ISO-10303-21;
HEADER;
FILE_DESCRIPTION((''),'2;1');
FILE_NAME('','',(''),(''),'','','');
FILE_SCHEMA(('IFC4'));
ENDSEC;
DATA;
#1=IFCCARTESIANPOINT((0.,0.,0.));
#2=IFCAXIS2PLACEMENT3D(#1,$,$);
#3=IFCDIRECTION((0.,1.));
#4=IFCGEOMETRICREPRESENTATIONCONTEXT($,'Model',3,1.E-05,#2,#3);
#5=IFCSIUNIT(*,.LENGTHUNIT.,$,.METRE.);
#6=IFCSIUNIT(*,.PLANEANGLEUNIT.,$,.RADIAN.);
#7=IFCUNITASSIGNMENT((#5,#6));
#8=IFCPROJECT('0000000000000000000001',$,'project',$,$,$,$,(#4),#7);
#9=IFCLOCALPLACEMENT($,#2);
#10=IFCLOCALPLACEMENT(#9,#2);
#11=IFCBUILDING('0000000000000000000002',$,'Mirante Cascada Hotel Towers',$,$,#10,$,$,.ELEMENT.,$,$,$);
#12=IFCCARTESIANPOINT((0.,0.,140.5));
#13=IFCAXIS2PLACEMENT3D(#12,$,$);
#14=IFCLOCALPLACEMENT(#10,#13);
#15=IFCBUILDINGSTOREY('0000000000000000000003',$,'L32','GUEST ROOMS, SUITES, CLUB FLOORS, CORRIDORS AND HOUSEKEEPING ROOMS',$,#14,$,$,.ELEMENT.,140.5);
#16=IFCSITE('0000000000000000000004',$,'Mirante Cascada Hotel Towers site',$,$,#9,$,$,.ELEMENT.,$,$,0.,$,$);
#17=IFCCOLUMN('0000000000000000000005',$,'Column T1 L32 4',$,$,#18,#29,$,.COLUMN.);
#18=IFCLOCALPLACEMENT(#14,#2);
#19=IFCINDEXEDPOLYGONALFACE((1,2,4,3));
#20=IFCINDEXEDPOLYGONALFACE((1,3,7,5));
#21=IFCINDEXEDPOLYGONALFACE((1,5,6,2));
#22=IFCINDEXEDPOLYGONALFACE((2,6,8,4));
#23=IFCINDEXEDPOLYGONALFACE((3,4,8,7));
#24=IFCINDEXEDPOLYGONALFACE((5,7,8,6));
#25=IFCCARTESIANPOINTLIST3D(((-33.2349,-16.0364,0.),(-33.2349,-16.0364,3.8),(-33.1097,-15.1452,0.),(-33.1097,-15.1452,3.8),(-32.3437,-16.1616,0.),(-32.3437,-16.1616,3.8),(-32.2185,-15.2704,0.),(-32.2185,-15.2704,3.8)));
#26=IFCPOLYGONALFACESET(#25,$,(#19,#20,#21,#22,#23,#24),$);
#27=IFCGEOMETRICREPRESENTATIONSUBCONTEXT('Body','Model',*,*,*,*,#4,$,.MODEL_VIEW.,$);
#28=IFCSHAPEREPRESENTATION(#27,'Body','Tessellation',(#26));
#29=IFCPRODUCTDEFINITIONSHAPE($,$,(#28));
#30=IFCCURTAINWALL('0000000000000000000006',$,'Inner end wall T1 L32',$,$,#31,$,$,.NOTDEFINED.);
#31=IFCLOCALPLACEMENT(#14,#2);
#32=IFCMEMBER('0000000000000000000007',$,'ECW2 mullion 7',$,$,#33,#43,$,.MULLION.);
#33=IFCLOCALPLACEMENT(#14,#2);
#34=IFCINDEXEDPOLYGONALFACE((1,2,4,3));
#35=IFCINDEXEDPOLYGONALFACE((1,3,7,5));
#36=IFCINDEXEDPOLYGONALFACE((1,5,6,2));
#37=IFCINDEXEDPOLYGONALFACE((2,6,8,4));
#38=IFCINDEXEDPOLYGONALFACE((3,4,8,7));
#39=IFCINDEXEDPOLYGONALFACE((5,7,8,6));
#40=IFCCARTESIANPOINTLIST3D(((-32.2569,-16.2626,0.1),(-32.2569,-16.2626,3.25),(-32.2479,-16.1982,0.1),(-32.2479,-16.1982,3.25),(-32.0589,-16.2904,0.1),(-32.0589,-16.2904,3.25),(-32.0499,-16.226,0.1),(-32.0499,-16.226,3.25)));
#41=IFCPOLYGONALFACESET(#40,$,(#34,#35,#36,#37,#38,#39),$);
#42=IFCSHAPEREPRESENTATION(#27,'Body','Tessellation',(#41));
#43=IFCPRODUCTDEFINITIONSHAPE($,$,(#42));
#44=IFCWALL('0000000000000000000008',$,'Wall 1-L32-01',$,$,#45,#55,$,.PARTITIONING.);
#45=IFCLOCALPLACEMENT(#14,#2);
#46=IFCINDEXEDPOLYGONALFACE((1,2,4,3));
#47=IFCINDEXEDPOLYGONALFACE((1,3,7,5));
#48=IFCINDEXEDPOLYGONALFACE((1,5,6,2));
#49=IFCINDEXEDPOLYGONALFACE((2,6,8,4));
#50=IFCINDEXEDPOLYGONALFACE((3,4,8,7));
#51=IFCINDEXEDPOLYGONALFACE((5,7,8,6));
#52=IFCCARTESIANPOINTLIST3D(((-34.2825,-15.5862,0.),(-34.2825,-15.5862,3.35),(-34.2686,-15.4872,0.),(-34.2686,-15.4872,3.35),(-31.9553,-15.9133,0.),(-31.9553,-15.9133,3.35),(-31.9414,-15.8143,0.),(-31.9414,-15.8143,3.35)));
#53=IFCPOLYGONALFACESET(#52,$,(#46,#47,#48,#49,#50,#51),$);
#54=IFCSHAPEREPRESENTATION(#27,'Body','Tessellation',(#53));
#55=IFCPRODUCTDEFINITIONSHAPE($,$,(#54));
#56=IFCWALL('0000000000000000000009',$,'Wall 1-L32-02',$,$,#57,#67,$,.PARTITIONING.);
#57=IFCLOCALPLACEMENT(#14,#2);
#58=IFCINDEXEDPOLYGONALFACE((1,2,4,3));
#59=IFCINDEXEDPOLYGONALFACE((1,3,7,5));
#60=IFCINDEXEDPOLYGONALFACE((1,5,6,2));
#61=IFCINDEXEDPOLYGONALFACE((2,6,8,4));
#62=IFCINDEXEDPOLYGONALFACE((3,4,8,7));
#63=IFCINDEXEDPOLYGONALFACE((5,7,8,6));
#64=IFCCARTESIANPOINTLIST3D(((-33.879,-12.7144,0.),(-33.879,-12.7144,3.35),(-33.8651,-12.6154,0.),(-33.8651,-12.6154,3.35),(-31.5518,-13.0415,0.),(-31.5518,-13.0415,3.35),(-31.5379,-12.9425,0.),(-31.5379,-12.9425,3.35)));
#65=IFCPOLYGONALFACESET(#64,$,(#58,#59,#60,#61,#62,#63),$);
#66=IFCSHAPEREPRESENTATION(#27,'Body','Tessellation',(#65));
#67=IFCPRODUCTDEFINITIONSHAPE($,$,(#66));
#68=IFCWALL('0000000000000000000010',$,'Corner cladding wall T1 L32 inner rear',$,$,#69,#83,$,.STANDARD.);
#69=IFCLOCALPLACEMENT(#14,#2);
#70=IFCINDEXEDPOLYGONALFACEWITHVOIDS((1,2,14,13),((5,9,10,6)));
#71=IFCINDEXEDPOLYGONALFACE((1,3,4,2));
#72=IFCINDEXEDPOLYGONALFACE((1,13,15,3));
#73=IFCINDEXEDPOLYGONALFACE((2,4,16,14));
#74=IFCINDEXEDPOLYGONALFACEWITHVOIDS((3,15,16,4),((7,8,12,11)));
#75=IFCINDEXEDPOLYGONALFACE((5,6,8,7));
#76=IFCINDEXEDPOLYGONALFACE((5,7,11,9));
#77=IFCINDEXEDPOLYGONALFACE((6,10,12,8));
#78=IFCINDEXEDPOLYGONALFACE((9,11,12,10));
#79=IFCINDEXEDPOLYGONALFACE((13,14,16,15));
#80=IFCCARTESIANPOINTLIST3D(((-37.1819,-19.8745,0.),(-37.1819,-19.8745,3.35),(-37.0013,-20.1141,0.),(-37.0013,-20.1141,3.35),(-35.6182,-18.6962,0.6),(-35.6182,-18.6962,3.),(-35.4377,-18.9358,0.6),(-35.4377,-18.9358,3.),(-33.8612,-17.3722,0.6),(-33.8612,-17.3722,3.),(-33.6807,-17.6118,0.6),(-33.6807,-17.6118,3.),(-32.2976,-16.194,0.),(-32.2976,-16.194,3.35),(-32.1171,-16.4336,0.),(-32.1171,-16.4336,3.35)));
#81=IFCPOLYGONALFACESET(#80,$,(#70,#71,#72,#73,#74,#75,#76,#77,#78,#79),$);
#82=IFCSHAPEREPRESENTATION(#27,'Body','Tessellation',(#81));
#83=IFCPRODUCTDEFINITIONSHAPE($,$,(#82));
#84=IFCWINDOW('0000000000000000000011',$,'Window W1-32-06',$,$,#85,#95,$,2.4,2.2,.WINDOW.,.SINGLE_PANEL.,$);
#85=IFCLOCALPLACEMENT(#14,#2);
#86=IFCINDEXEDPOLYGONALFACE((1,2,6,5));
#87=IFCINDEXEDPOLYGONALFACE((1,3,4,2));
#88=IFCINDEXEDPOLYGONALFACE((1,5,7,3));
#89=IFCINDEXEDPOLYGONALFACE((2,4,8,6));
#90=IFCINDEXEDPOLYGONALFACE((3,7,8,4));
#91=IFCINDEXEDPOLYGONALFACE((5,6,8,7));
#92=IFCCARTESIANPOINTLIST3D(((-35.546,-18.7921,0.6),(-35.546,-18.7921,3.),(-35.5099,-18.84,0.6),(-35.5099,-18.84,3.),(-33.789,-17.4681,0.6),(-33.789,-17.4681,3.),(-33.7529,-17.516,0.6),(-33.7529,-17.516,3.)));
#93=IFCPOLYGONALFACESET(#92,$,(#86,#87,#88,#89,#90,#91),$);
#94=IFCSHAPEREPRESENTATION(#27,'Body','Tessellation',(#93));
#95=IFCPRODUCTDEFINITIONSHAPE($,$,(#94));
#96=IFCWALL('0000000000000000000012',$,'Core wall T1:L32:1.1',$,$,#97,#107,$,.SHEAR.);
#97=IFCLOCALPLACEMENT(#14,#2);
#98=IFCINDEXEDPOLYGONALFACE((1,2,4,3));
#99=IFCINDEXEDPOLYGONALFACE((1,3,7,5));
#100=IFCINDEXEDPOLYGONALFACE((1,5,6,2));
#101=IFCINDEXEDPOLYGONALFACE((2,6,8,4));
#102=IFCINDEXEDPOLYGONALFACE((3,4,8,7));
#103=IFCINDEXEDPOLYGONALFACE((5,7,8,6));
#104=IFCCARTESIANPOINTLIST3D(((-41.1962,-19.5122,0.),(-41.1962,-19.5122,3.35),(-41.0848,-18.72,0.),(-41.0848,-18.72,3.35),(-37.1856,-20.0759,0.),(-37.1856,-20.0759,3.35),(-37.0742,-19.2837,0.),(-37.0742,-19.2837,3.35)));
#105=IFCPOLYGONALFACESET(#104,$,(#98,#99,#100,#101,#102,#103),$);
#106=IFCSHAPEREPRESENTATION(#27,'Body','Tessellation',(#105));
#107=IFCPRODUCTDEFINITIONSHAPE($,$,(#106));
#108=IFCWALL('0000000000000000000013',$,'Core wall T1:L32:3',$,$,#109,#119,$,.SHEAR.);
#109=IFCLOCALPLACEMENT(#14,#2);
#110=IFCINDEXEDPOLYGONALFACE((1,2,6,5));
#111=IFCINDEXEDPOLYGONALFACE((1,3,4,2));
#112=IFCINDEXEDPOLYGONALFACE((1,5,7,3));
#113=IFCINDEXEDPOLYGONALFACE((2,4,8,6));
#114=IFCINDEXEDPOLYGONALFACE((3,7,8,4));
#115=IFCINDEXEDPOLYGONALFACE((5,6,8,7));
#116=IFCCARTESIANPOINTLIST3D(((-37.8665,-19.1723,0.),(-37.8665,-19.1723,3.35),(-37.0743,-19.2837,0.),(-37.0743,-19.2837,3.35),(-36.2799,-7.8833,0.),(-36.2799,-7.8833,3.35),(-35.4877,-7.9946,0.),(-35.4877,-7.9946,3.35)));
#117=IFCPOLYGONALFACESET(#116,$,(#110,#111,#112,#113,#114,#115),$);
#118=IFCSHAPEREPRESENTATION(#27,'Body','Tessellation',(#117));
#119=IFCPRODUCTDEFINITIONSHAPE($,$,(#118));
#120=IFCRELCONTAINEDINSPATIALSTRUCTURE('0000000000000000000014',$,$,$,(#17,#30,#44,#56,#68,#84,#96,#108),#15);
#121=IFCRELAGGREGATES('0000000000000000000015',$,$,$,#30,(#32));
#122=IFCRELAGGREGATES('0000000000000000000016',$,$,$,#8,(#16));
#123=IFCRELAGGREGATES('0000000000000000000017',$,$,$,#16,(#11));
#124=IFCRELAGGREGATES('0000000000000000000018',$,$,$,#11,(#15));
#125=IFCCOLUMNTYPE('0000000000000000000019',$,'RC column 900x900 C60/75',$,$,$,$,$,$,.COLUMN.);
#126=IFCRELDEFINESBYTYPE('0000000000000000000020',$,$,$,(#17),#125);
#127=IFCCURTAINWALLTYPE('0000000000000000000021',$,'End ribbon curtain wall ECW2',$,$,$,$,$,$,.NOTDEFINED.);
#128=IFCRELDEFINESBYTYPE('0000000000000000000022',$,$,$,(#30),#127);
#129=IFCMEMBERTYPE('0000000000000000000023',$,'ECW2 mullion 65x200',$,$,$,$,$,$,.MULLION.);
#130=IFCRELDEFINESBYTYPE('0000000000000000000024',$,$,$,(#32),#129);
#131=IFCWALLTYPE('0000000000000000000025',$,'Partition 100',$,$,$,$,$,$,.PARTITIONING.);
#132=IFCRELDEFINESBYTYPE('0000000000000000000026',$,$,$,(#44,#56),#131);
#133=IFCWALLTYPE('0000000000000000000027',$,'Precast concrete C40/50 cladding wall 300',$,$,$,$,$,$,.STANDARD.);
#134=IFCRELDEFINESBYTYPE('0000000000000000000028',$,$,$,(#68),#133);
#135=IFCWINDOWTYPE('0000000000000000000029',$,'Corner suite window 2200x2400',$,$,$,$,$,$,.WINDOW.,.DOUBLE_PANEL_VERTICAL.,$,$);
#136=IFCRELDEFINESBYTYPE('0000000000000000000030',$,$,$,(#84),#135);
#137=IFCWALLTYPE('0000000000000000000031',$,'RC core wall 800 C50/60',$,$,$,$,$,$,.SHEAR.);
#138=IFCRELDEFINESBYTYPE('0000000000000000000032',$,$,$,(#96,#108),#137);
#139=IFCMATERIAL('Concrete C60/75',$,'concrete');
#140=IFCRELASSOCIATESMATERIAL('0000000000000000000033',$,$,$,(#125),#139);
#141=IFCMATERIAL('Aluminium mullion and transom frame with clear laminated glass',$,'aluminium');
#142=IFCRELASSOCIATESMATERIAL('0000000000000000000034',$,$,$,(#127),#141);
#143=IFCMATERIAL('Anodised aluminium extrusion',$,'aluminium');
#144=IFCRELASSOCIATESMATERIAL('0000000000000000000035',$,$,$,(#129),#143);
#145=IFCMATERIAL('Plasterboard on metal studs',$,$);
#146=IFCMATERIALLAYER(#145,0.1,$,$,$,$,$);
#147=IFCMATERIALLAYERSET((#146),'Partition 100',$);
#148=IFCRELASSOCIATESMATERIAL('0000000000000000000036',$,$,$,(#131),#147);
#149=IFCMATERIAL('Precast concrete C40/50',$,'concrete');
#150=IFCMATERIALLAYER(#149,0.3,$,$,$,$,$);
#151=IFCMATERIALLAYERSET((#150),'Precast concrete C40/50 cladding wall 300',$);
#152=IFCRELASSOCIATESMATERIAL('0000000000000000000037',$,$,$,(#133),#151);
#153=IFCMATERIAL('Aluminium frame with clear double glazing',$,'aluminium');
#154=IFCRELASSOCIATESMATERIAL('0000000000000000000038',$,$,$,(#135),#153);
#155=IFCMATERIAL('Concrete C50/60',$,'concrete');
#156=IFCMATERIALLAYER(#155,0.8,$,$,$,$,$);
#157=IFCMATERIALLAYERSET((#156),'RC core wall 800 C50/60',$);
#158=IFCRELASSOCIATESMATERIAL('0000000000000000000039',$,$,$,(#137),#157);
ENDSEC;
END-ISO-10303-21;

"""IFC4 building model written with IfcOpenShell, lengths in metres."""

from ifc_helpers import new_model, si_unit, direction, frame, frame_2d, origin, origin_2d, place, context, subcontext, project, spatial, rectangle, extrude, material, layer, layer_set, material_profile, profile_set, type_object, element, fill, aggregate, save


model = new_model("IFC4")

# Units and contexts
model_context = context("Model", 3, precision=1e-05, world=origin(), true_north=direction((0.0, 1.0)))
body_context = subcontext(model_context, "Body", "Model", "MODEL_VIEW")
ifc_project = project(units=[si_unit("LENGTHUNIT", "METRE"), si_unit("PLANEANGLEUNIT", "RADIAN")], contexts=[model_context])

# Site, building, storey
site_placement = place(None, origin())
site = spatial("IfcSite", under=ifc_project, at=site_placement, Name="Mirante Cascada Hotel Towers site", CompositionType="ELEMENT", RefElevation=0.0)
building_placement = place(site_placement, origin())
building = spatial("IfcBuilding", under=site, at=building_placement, Name="Mirante Cascada Hotel Towers", CompositionType="ELEMENT")
storey_placement = place(building_placement, frame((0.0, 0.0, 140.5)))
storey = spatial("IfcBuildingStorey", under=building, at=storey_placement, Name="L32", Description="GUEST ROOMS, SUITES, CLUB FLOORS, CORRIDORS AND HOUSEKEEPING ROOMS", CompositionType="ELEMENT", Elevation=140.5)

# Column
ifc_material_1 = material(Name="Concrete C60/75", Category="concrete")
ifc_material_profile_1 = material_profile(ifc_material_1, rectangle(XDim=0.9, YDim=0.9, at=origin_2d()), Name="RC column 900x900 C60/75")
ifc_profile_set_1 = profile_set([ifc_material_profile_1], Name="Concrete C60/75")
column_type = type_object("IfcColumnType", Name="RC column 900x900 C60/75", PredefinedType="COLUMN", material=ifc_profile_set_1)
column_placement = place(storey_placement, frame((-32.7267, -15.6534, 0.0), z_axis=(0.0, 0.0, 1.0), x_axis=(-0.990268, 0.139173, 0.0)))
element("IfcColumn", 1, at=column_placement, inside=storey, type_object=column_type, Name="Column T1 L32 4", PredefinedType="COLUMN", context=body_context, shape_type="SweptSolid", body=[
    extrude(rectangle(XDim=0.9, YDim=0.9, at=origin_2d()), origin(), (0.0, 0.0, 1.0), 3.8),
])

# Curtain wall, member
ifc_material_2 = material(Name="Aluminium mullion and transom frame with clear laminated glass", Category="aluminium")
curtain_wall_type = type_object("IfcCurtainWallType", Name="End ribbon curtain wall ECW2", PredefinedType="NOTDEFINED", material=ifc_material_2)
curtain_wall_placement = place(storey_placement, origin())
curtain_wall = element("IfcCurtainWall", 2, at=curtain_wall_placement, inside=storey, type_object=curtain_wall_type, Name="Inner end wall T1 L32", PredefinedType="NOTDEFINED")
ifc_material_3 = material(Name="Anodised aluminium extrusion", Category="aluminium")
ifc_material_profile_2 = material_profile(ifc_material_3, rectangle(XDim=0.2, YDim=0.065, at=origin_2d()), Name="ECW2 MULLION 65x200")
ifc_profile_set_2 = profile_set([ifc_material_profile_2], Name="Anodised aluminium extrusion")
member_type = type_object("IfcMemberType", Name="ECW2 mullion 65x200", PredefinedType="MULLION", material=ifc_profile_set_2)
member_placement = place(storey_placement, frame((-32.1534, -16.2443, 0.1), z_axis=(0.0, 0.0, 1.0), x_axis=(0.990268, -0.139173, 0.0)))
member = element("IfcMember", 3, at=member_placement, type_object=member_type, Name="ECW2 mullion 7", PredefinedType="MULLION", context=body_context, shape_type="SweptSolid", body=[
    extrude(rectangle(XDim=0.2, YDim=0.065, at=origin_2d()), origin(), (0.0, 0.0, 1.0), 3.15),
])
aggregate(curtain_wall, [member])

# Walls
ifc_material_4 = material(Name="Plasterboard on metal studs")
ifc_layer_1 = layer(ifc_material_4, 0.1)
ifc_layer_set_1 = layer_set([ifc_layer_1], Name="Partition 100")
wall_type_1 = type_object("IfcWallType", Name="Partition 100", PredefinedType="PARTITIONING", material=ifc_layer_set_1)
for number, where, z_axis, x_axis, name in (
    (4, (-31.9484, -15.8638, 0.0), (0.0, 0.0, 1.0), (-0.990266, 0.139187, 0.0), "Wall 1-L32-01"),
    (5, (-33.872, -12.6649, 0.0), (0.0, 0.0, 1.0), (0.990266, -0.139187, 0.0), "Wall 1-L32-02"),
):
    element("IfcWall", number, at=place(storey_placement, frame(where, z_axis=z_axis, x_axis=x_axis)), inside=storey, type_object=wall_type_1, Name=name, PredefinedType="PARTITIONING", context=body_context, shape_type="SweptSolid", body=[
        extrude(rectangle(XDim=2.3501, YDim=0.1, at=frame_2d((1.175, 0.0))), origin(), (0.0, 0.0, 1.0), 3.35),
    ])

# Wall, opening, window
ifc_material_5 = material(Name="Precast concrete C40/50", Category="concrete")
ifc_layer_2 = layer(ifc_material_5, 0.3)
ifc_layer_set_2 = layer_set([ifc_layer_2], Name="Precast concrete C40/50 cladding wall 300")
wall_type_2 = type_object("IfcWallType", Name="Precast concrete C40/50 cladding wall 300", PredefinedType="STANDARD", material=ifc_layer_set_2)
wall_1_placement = place(storey_placement, frame((-32.2074, -16.3138, 0.0), z_axis=(0.0, 0.0, 1.0), x_axis=(-0.798636, -0.601814, 0.0)))
wall_1 = element("IfcWall", 6, at=wall_1_placement, inside=storey, type_object=wall_type_2, Name="Corner cladding wall T1 L32 inner rear", PredefinedType="STANDARD", context=body_context, shape_type="SweptSolid", body=[
    extrude(rectangle(XDim=6.1157, YDim=0.3, at=frame_2d((3.0578, 0.0))), origin(), (0.0, 0.0, 1.0), 3.35),
])
opening_placement = place(wall_1_placement, frame((1.9578, 0.0, 0.6)))
opening = element("IfcOpeningElement", 7, at=opening_placement, cuts=wall_1, PredefinedType="OPENING", context=body_context, shape_type="SweptSolid", body=[
    extrude(rectangle(XDim=2.2, YDim=2.4, at=frame_2d((1.1, 1.2))), frame((0.0, 0.15, 0.0), z_axis=(0.0, -1.0, 0.0), x_axis=(1.0, 0.0, 0.0)), (0.0, 0.0, 1.0), 0.3),
])
ifc_material_6 = material(Name="Aluminium frame with clear double glazing", Category="aluminium")
window_type = type_object("IfcWindowType", Name="Corner suite window 2200x2400", PartitioningType="DOUBLE_PANEL_VERTICAL", PredefinedType="WINDOW", material=ifc_material_6)
window_placement = place(opening_placement, origin())
window = element("IfcWindow", 8, at=window_placement, inside=storey, type_object=window_type, Name="Window W1-32-06", OverallHeight=2.4, OverallWidth=2.2, PartitioningType="SINGLE_PANEL", PredefinedType="WINDOW", context=body_context, shape_type="SweptSolid", body=[
    extrude(rectangle(XDim=2.2, YDim=2.4, at=frame_2d((1.1, 1.2))), frame((0.0, 0.03, 0.0), z_axis=(0.0, -1.0, 0.0), x_axis=(1.0, 0.0, 0.0)), (0.0, 0.0, 1.0), 0.06),
])
fill(opening, window)

# Walls
ifc_material_7 = material(Name="Concrete C50/60", Category="concrete")
ifc_layer_3 = layer(ifc_material_7, 0.8)
ifc_layer_set_3 = layer_set([ifc_layer_3], Name="RC core wall 800 C50/60")
wall_type_3 = type_object("IfcWallType", Name="RC core wall 800 C50/60", PredefinedType="SHEAR", material=ifc_layer_set_3)
wall_2_placement = place(storey_placement, frame((-37.1299, -19.6798, 0.0), z_axis=(0.0, 0.0, 1.0), x_axis=(-0.990267, 0.139184, 0.0)))
element("IfcWall", 9, at=wall_2_placement, inside=storey, type_object=wall_type_3, Name="Core wall T1:L32:1.1", PredefinedType="SHEAR", context=body_context, shape_type="SweptSolid", body=[
    extrude(rectangle(XDim=4.05, YDim=0.8, at=frame_2d((2.025, 0.0))), origin(), (0.0, 0.0, 1.0), 3.35),
])
wall_3_placement = place(storey_placement, frame((-37.4704, -19.228, 0.0), z_axis=(0.0, 0.0, 1.0), x_axis=(0.139175, 0.990268, 0.0)))
element("IfcWall", 10, at=wall_3_placement, inside=storey, type_object=wall_type_3, Name="Core wall T1:L32:3", PredefinedType="SHEAR", context=body_context, shape_type="SweptSolid", body=[
    extrude(rectangle(XDim=11.4, YDim=0.8, at=frame_2d((5.7, 0.0))), origin(), (0.0, 0.0, 1.0), 3.35),
])

save(model, "model.ifc")
